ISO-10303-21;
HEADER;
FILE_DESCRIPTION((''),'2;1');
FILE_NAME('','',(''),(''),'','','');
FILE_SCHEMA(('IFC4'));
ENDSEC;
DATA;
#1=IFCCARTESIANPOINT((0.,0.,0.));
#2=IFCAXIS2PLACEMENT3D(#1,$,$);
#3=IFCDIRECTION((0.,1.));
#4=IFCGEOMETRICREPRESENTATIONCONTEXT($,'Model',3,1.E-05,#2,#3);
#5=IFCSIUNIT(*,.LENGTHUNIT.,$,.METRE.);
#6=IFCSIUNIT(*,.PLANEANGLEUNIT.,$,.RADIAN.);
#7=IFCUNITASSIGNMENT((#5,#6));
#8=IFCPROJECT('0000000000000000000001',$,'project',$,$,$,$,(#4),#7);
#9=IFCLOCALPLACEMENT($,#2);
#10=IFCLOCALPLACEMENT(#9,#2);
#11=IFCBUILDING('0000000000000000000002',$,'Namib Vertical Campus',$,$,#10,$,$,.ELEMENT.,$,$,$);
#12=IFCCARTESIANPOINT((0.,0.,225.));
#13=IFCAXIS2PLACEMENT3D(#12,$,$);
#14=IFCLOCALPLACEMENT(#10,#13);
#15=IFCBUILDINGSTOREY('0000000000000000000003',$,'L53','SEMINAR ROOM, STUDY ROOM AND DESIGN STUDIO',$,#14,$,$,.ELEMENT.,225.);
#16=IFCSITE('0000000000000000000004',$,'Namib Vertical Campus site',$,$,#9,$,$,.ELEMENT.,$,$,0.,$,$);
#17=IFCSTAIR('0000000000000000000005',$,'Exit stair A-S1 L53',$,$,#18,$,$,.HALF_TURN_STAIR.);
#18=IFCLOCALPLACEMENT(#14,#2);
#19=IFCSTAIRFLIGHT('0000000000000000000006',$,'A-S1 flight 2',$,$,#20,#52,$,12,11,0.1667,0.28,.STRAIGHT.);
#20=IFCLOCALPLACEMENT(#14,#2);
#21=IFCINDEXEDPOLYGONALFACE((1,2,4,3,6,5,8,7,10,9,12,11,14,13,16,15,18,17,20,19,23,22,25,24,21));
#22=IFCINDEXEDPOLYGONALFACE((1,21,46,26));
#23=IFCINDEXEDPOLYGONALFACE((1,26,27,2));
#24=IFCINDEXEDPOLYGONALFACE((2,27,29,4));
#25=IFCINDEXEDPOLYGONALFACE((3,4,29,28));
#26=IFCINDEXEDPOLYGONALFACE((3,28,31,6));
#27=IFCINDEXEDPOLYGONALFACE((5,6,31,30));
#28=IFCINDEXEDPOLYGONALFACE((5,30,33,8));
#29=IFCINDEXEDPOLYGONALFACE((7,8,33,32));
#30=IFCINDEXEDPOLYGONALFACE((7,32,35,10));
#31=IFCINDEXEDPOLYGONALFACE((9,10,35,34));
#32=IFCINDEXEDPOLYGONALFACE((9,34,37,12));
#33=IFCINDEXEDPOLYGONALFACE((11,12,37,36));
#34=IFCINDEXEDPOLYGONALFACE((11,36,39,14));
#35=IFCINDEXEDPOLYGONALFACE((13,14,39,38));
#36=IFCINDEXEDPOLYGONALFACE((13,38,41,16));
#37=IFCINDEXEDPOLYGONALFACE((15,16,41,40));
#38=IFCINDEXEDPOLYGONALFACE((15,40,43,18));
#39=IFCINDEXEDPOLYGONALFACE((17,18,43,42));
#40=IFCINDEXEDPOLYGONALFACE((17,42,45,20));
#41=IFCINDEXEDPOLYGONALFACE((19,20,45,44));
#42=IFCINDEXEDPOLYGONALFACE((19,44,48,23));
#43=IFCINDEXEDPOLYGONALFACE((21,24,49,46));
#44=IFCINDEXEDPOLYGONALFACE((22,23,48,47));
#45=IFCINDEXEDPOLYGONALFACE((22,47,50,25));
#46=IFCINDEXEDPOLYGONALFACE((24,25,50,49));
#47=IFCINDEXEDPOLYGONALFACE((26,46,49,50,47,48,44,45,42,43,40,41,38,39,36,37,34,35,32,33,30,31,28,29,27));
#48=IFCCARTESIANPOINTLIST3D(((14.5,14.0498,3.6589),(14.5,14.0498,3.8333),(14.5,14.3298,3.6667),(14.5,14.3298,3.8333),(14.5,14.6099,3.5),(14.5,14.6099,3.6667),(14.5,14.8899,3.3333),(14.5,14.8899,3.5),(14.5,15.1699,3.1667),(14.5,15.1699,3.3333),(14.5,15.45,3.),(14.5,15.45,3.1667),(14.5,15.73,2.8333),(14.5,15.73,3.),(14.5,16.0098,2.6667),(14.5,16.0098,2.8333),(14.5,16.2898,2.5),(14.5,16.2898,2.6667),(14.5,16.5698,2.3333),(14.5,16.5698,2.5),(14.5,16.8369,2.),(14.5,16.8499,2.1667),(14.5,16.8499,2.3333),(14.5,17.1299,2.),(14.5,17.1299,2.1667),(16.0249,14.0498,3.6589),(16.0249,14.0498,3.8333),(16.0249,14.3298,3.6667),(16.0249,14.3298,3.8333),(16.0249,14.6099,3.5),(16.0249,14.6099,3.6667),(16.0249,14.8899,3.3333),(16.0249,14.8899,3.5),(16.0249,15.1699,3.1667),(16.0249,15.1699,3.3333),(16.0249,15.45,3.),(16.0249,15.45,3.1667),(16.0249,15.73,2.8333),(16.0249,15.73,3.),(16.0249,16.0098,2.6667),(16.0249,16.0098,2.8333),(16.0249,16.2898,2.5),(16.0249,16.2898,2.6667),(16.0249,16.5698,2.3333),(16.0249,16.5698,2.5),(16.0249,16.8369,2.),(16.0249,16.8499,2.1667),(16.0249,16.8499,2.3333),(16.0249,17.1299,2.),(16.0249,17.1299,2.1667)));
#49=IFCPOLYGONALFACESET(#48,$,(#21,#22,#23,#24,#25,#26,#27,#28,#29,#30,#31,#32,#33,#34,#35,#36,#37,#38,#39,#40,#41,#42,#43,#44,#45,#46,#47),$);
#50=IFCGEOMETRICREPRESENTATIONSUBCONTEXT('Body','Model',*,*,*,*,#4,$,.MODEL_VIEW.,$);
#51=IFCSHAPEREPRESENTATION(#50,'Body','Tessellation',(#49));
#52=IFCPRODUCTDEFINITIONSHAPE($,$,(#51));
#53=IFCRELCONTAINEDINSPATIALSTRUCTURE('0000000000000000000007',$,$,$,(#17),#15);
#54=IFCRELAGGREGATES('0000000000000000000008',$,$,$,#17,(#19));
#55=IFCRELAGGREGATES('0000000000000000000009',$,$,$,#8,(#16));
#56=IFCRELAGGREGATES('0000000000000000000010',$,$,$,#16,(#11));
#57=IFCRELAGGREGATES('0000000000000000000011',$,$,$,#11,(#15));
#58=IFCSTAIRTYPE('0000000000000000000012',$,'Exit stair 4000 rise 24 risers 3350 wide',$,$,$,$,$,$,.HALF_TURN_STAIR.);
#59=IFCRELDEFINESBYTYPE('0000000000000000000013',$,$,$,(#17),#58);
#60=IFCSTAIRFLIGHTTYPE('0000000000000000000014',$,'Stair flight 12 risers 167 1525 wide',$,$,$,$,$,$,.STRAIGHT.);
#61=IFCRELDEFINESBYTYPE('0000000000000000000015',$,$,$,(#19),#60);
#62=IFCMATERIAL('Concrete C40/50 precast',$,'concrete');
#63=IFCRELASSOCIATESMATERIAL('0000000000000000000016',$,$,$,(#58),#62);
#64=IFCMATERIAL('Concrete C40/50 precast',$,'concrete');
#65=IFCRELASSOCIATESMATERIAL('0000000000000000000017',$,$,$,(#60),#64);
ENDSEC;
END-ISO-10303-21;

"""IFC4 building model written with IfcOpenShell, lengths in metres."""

from ifc_helpers import new_model, si_unit, direction, frame, origin, place, context, subcontext, project, spatial, polyline, outline, extrude, material, type_object, element, aggregate, save


model = new_model("IFC4")

# Units and contexts
model_context = context("Model", 3, precision=1e-05, world=origin(), true_north=direction((0.0, 1.0)))
body_context = subcontext(model_context, "Body", "Model", "MODEL_VIEW")
ifc_project = project(units=[si_unit("LENGTHUNIT", "METRE"), si_unit("PLANEANGLEUNIT", "RADIAN")], contexts=[model_context])

# Site, building, storey
site_placement = place(None, origin())
site = spatial("IfcSite", under=ifc_project, at=site_placement, Name="Namib Vertical Campus site", CompositionType="ELEMENT", RefElevation=0.0)
building_placement = place(site_placement, origin())
building = spatial("IfcBuilding", under=site, at=building_placement, Name="Namib Vertical Campus", CompositionType="ELEMENT")
storey_placement = place(building_placement, frame((0.0, 0.0, 225.0)))
storey = spatial("IfcBuildingStorey", under=building, at=storey_placement, Name="L53", Description="SEMINAR ROOM, STUDY ROOM AND DESIGN STUDIO", CompositionType="ELEMENT", Elevation=225.0)

# Stair, stair flight
ifc_material_1 = material(Name="Concrete C40/50 precast", Category="concrete")
stair_type = type_object("IfcStairType", Name="Exit stair 4000 rise 24 risers 3350 wide", PredefinedType="HALF_TURN_STAIR", material=ifc_material_1)
stair_placement = place(storey_placement, origin())
stair = element("IfcStair", 1, at=stair_placement, inside=storey, type_object=stair_type, Name="Exit stair A-S1 L53", PredefinedType="HALF_TURN_STAIR")
ifc_material_2 = material(Name="Concrete C40/50 precast", Category="concrete")
stair_flight_type = type_object("IfcStairFlightType", Name="Stair flight 12 risers 167 1525 wide", PredefinedType="STRAIGHT", material=ifc_material_2)
stair_flight_placement = place(storey_placement, frame((15.2625, 17.1299, 2.0), z_axis=(0.0, 0.0, 1.0), x_axis=(0.0, -1.0, 0.0)))
stair_flight = element("IfcStairFlight", 2, at=stair_flight_placement, type_object=stair_flight_type, Name="A-S1 flight 2", NumberOfRisers=12, NumberOfTreads=11, PredefinedType="STRAIGHT", RiserHeight=0.1667, TreadLength=0.28, context=body_context, shape_type="SweptSolid", body=[
    extrude(outline(polyline([(0.0, 0.0), (0.0, 0.1667), (0.28, 0.1667), (0.28, 0.3333), (0.5601, 0.3333), (0.5601, 0.5), (0.8401, 0.5), (0.8401, 0.6667), (1.1201, 0.6667), (1.1201, 0.8333), (1.3999, 0.8333), (1.3999, 1.0), (1.6799, 1.0), (1.6799, 1.1667), (1.96, 1.1667), (1.96, 1.3333), (2.24, 1.3333), (2.24, 1.5), (2.52, 1.5), (2.52, 1.6667), (2.8, 1.6667), (2.8, 1.8333), (3.0801, 1.8333), (3.0801, 2.0), (3.0801, 1.6589), (0.293, 0.0), (0.0, 0.0)])), frame((0.0, 0.7625, 0.0), z_axis=(0.0, -1.0, 0.0), x_axis=(1.0, 0.0, 0.0)), (0.0, 0.0, 1.0), 1.5249),
])
aggregate(stair, [stair_flight])

save(model, "model.ifc")
